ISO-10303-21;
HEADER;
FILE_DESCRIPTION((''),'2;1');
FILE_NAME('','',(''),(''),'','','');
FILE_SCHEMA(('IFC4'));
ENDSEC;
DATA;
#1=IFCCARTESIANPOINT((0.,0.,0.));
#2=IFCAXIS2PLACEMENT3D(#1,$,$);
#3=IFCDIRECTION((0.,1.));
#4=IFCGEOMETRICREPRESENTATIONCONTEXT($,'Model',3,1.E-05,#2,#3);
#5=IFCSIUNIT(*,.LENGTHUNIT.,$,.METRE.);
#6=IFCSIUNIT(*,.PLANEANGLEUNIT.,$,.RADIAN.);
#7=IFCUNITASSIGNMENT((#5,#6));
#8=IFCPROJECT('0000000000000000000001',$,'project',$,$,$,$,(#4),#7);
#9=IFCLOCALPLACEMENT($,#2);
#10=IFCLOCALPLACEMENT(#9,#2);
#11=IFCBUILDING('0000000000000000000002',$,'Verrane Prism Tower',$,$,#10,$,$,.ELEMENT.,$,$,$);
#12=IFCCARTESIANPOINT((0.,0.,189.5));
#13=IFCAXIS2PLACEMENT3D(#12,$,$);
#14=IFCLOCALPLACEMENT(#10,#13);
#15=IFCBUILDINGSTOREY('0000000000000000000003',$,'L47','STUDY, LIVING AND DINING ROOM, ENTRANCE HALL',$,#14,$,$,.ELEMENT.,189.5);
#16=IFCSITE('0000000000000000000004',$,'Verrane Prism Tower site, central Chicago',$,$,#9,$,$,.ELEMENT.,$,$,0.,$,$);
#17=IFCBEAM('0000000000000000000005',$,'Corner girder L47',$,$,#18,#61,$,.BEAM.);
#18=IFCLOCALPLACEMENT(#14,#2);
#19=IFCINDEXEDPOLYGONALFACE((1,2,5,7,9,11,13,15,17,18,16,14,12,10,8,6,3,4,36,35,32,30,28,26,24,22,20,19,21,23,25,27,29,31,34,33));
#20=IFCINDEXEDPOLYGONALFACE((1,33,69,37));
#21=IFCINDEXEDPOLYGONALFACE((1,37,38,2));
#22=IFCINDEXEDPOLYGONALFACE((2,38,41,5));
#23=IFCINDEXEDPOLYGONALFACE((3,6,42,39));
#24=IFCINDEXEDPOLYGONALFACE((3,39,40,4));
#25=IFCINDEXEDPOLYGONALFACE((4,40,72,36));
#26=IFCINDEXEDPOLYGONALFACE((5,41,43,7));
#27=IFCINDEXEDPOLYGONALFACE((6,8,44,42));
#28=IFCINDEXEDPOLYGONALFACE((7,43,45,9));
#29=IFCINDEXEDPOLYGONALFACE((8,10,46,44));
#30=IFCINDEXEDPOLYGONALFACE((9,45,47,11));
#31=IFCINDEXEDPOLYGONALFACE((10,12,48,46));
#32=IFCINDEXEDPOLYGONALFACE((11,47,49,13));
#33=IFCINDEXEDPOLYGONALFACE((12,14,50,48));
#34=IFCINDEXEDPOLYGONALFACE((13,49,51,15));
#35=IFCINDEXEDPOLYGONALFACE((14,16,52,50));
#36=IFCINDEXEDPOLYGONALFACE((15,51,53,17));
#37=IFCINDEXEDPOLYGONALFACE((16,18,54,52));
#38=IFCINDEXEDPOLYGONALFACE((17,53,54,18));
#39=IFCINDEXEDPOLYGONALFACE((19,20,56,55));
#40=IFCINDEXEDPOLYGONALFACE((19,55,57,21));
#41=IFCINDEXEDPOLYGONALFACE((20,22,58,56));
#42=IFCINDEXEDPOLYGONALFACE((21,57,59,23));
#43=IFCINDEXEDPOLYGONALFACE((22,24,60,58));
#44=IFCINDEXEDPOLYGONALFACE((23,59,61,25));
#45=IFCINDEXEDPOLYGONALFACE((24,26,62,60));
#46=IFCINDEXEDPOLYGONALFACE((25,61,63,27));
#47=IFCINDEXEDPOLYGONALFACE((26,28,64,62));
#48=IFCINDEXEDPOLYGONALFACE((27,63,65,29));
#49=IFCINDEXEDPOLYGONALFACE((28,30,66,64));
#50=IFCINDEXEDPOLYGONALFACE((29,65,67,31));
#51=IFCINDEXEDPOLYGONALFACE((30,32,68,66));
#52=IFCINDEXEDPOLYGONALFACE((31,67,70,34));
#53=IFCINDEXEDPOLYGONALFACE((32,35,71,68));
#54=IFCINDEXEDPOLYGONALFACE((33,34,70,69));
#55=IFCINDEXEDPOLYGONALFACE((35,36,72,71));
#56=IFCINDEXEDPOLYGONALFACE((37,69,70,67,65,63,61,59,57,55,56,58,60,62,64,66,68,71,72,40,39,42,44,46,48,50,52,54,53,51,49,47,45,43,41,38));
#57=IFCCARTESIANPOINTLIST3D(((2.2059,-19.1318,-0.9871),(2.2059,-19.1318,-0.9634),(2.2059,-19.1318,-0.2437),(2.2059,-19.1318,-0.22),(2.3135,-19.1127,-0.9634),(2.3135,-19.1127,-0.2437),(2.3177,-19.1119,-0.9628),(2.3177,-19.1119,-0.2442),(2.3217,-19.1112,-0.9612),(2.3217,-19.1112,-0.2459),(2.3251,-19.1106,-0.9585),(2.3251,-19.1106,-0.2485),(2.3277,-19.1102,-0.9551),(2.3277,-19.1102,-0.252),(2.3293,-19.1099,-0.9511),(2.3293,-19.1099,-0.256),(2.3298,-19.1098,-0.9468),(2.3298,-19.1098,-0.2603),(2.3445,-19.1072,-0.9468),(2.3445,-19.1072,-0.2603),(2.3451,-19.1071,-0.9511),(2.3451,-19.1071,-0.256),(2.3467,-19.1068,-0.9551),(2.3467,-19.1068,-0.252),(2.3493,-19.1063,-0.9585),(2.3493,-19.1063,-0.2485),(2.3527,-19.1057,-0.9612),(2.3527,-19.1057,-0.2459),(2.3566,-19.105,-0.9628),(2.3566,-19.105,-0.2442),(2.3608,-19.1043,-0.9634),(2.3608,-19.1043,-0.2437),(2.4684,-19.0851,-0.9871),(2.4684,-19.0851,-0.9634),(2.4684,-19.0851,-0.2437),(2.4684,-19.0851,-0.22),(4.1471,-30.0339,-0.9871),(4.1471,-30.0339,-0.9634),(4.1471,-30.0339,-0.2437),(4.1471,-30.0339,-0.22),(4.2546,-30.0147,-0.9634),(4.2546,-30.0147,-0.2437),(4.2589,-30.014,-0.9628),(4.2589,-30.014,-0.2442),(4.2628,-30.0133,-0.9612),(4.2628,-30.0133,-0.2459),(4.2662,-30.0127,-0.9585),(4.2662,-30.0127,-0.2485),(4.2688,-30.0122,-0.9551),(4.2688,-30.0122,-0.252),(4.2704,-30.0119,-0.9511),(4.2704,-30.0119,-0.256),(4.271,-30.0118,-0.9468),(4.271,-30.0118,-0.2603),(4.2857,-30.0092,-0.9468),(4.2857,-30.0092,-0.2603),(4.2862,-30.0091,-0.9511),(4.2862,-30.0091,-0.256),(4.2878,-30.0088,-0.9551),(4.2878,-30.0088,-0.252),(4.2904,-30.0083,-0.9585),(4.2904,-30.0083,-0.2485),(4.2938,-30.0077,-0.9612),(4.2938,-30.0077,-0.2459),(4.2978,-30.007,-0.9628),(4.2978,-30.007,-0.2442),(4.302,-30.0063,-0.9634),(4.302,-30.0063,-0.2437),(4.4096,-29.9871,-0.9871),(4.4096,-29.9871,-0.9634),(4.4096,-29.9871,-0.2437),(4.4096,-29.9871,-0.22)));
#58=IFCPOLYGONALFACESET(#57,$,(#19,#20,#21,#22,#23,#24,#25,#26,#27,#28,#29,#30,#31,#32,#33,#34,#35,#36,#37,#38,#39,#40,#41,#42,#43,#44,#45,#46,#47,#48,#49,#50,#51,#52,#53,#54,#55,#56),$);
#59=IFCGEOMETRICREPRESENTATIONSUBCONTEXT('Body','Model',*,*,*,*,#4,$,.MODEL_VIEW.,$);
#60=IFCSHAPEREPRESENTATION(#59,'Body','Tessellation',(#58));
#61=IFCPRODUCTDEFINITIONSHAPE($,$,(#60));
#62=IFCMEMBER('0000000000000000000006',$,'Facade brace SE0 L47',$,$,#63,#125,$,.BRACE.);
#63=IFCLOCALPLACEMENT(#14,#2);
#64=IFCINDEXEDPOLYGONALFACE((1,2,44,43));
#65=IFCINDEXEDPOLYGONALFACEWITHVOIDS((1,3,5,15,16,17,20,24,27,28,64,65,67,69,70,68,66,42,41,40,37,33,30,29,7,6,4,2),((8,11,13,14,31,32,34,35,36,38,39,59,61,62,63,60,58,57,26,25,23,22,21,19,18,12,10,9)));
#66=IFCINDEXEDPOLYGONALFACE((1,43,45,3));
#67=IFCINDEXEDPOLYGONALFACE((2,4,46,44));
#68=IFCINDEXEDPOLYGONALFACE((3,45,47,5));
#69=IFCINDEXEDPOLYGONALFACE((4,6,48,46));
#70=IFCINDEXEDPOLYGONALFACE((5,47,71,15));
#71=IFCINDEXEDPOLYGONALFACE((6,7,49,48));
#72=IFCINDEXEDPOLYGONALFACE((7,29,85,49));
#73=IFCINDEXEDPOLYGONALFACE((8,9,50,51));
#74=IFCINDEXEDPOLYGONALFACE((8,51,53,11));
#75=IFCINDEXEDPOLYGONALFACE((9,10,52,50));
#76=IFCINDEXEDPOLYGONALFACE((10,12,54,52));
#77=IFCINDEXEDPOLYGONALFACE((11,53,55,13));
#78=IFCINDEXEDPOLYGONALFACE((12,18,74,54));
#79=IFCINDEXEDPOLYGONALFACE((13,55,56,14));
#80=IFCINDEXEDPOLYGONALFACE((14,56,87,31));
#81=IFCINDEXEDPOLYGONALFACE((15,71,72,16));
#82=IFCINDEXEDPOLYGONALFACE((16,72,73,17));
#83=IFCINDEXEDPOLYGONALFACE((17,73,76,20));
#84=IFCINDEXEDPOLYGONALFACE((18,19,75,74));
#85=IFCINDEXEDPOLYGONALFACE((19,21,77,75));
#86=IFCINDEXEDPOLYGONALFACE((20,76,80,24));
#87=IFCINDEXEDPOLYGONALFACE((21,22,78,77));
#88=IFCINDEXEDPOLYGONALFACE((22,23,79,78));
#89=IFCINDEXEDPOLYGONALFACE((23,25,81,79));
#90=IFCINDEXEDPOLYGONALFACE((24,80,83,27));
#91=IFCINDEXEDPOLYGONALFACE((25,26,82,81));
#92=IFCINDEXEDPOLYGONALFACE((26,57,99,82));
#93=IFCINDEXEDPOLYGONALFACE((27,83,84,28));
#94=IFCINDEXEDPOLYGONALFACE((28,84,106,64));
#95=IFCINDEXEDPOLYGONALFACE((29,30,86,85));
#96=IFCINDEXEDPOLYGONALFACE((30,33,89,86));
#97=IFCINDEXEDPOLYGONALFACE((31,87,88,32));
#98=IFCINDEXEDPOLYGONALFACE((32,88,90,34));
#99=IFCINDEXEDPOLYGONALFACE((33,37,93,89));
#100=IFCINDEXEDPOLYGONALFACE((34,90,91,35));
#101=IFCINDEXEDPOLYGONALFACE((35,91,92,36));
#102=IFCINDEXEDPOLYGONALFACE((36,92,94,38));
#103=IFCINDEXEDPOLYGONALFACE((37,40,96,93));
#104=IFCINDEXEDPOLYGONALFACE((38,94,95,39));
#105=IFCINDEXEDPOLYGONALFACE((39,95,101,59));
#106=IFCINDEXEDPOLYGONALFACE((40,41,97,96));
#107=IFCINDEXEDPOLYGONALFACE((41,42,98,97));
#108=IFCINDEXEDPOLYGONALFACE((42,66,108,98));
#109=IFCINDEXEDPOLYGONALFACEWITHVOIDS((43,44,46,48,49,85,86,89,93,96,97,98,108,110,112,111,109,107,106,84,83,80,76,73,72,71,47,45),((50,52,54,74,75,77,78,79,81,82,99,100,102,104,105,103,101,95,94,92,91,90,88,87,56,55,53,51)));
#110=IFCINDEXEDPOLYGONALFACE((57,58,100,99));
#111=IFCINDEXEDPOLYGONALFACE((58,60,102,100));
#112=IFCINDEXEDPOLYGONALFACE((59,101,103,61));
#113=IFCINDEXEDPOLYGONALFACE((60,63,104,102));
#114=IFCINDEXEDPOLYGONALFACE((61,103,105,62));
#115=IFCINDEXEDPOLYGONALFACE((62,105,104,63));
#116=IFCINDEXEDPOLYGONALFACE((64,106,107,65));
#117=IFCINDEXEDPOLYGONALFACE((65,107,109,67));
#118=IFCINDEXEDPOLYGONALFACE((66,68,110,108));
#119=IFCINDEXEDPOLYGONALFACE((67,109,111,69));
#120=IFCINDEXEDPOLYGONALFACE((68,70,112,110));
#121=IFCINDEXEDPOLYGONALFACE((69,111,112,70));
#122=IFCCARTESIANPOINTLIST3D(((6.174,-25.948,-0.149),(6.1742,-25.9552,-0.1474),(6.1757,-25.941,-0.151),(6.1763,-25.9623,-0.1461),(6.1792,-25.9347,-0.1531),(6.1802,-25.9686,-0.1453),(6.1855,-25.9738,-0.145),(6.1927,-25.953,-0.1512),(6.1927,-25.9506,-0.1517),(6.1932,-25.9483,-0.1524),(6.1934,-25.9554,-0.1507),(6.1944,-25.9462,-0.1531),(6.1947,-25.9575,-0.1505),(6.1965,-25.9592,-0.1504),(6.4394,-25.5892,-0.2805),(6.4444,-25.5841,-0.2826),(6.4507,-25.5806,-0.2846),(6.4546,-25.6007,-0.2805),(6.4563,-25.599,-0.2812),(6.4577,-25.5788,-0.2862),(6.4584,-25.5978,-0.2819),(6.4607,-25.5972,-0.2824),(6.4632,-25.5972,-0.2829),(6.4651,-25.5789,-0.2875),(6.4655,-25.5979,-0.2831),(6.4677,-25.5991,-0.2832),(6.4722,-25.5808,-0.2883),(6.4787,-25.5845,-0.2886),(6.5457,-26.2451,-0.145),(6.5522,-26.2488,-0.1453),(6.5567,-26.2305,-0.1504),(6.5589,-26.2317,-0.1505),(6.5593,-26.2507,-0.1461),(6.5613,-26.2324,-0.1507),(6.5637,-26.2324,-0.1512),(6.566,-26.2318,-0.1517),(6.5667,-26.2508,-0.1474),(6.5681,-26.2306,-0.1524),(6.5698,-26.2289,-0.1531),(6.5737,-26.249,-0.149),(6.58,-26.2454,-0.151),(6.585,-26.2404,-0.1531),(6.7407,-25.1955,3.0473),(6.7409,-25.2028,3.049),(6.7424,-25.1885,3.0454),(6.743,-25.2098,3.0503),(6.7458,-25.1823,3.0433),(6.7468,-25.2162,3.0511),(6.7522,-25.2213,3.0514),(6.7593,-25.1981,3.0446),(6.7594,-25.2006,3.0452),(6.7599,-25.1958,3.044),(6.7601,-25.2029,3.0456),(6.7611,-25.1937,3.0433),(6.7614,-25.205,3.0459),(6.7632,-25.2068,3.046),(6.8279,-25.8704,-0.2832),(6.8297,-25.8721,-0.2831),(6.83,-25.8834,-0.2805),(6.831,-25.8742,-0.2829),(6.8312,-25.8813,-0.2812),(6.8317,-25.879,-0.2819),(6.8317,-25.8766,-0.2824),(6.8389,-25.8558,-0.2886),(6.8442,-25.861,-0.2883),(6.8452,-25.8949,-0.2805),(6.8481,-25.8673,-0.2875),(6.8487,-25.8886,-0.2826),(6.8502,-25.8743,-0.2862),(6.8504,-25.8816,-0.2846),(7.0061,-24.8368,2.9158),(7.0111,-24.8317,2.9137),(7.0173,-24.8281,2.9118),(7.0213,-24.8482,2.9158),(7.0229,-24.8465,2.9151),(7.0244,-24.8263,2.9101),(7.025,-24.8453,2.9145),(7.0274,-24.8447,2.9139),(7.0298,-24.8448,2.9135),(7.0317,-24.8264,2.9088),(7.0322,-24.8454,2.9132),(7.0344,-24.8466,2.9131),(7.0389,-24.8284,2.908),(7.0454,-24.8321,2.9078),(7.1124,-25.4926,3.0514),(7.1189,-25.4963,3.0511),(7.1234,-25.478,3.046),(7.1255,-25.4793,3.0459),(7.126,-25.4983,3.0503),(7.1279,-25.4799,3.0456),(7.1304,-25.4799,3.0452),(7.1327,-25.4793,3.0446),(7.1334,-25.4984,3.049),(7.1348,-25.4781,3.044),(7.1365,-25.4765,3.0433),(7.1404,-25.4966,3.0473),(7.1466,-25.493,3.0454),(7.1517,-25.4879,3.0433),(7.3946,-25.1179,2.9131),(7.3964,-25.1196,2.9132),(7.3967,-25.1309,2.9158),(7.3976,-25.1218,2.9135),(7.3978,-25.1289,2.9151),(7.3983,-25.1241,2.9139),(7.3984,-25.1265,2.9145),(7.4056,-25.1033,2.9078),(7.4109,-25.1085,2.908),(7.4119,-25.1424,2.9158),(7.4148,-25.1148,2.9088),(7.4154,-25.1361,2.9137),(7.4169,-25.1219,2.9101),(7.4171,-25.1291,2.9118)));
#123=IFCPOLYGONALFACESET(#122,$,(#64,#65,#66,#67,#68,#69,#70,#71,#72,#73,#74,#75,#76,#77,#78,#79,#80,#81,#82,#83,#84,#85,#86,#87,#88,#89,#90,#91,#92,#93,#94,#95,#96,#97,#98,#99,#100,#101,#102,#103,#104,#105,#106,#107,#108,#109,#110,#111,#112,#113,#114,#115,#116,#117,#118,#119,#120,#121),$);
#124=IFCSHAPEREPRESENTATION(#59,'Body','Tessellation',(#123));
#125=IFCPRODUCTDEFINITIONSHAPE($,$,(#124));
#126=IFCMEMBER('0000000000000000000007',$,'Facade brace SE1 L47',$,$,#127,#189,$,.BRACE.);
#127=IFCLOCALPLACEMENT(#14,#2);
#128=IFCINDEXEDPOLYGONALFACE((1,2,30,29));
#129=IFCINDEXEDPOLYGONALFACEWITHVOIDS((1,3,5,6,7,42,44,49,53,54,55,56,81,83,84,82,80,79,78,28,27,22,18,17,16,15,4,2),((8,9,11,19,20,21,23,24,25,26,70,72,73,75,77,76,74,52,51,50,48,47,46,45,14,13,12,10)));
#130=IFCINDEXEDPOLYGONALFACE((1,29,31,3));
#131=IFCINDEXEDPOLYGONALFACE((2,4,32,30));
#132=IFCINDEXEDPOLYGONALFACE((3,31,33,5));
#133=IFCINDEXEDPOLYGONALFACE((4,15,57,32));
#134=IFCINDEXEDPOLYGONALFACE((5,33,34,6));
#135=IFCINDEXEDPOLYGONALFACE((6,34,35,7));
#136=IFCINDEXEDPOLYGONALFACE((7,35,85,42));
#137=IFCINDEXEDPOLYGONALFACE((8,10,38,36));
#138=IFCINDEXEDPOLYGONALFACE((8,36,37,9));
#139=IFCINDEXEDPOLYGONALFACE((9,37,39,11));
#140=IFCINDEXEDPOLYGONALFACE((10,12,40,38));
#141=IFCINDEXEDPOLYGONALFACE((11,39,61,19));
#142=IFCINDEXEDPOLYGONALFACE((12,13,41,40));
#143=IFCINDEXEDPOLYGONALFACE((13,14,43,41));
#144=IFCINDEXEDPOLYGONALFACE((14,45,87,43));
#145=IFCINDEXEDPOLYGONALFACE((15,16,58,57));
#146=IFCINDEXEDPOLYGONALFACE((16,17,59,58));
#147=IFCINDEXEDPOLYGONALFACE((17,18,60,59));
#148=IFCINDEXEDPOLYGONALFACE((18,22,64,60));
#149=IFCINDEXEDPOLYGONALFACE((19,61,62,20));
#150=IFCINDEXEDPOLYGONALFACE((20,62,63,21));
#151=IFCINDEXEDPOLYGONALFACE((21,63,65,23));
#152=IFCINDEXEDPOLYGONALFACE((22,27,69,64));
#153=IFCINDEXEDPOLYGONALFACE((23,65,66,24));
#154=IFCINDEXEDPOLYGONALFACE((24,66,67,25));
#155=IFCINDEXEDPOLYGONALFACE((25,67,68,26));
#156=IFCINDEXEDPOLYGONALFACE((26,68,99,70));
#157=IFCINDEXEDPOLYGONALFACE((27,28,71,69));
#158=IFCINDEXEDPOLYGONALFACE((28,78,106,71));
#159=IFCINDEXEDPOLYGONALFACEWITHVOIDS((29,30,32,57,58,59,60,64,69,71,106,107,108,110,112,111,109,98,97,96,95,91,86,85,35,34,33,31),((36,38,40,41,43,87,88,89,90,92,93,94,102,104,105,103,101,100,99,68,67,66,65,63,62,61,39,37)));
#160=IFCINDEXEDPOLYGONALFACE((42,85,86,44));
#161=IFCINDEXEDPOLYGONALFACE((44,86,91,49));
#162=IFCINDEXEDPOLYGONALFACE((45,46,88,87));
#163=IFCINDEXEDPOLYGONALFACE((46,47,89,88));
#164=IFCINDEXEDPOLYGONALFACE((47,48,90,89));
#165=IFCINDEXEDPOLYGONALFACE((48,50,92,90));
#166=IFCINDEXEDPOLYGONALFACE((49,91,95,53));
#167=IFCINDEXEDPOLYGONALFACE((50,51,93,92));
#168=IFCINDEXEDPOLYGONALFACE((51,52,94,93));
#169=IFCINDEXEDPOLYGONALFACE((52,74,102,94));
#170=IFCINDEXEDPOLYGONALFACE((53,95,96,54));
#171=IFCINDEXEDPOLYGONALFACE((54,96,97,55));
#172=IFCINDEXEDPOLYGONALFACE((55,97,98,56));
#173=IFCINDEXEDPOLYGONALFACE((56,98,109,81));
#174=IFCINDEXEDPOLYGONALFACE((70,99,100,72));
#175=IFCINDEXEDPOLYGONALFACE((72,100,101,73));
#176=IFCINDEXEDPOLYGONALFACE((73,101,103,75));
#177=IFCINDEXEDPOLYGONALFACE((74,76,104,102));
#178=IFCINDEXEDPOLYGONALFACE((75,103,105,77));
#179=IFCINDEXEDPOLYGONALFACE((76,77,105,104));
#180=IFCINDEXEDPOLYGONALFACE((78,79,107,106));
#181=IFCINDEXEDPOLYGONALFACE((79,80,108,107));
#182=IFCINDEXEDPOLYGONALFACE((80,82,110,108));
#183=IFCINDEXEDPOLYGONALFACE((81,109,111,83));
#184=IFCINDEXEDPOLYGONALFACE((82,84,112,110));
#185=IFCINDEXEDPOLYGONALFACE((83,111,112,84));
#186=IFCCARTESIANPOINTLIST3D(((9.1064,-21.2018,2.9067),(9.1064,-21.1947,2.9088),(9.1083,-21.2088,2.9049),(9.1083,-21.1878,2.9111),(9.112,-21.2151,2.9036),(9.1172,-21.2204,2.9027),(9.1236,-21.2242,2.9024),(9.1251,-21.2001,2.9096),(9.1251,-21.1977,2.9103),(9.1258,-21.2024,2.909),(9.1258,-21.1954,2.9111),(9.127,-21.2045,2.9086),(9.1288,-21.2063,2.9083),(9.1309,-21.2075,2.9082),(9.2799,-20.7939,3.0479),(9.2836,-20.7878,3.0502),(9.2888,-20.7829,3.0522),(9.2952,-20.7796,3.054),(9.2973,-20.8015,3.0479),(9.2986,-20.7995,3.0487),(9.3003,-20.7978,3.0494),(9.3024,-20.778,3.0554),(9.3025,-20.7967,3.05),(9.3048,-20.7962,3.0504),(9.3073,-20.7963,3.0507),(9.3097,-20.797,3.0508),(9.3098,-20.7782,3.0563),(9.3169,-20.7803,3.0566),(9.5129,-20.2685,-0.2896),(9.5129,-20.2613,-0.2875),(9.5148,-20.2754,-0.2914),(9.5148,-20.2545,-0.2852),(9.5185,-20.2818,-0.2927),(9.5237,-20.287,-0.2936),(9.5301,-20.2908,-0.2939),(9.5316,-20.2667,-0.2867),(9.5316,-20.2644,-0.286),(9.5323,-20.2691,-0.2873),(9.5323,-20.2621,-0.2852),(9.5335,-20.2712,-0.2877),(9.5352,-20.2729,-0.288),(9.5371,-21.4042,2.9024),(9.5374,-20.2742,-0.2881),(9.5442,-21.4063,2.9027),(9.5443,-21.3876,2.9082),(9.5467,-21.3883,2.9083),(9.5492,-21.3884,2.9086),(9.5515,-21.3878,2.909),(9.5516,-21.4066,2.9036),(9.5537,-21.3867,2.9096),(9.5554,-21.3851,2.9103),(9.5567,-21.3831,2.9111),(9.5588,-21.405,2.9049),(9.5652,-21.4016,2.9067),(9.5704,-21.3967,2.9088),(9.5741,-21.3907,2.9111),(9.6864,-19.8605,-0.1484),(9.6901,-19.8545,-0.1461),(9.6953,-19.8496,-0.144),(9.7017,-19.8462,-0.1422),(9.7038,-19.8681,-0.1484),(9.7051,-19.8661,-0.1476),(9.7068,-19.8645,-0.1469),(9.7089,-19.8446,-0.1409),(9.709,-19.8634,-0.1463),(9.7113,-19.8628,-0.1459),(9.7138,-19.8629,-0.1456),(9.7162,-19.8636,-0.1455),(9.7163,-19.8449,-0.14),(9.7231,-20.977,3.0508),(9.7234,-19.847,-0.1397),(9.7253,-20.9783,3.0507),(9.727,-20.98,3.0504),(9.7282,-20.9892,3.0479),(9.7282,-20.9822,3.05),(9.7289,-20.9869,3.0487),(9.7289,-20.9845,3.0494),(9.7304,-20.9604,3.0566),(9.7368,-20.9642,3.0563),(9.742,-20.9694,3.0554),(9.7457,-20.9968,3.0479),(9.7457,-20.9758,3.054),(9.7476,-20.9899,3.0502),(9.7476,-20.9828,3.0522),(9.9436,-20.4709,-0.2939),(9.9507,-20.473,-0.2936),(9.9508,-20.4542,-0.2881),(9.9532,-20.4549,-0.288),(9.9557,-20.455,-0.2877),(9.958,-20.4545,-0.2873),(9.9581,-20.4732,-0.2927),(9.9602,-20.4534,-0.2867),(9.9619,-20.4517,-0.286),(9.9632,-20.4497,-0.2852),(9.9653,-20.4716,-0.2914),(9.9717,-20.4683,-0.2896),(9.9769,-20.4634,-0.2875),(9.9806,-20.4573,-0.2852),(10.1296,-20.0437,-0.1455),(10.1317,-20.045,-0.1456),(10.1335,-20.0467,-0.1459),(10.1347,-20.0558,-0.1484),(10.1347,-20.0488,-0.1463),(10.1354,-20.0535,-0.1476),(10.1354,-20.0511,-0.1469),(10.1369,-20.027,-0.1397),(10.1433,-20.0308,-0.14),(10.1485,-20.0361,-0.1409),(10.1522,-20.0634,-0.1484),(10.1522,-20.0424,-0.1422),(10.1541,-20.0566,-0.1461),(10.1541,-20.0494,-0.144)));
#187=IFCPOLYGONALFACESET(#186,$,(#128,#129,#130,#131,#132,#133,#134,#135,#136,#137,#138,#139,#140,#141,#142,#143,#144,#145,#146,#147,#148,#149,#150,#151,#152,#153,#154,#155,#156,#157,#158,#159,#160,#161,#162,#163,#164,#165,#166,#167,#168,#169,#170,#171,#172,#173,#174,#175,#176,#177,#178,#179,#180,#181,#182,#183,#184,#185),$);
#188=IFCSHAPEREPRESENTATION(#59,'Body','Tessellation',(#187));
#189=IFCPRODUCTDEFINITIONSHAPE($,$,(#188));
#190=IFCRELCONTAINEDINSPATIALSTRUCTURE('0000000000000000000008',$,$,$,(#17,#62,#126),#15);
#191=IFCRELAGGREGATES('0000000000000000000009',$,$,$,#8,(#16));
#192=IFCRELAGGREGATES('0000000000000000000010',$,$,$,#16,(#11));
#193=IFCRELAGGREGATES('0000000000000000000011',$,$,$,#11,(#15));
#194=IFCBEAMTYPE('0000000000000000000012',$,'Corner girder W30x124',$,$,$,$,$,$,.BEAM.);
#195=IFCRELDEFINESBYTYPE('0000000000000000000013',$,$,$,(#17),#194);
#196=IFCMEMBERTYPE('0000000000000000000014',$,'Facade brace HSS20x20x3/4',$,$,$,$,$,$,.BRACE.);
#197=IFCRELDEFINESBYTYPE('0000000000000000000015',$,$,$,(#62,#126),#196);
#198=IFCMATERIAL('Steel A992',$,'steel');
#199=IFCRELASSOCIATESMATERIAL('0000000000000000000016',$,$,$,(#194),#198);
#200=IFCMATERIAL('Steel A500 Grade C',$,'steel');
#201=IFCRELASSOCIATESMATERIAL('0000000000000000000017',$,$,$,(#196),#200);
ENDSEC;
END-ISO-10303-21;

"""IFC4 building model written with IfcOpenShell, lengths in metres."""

from ifc_helpers import new_model, si_unit, direction, frame, origin, origin_2d, place, context, subcontext, project, spatial, hollow_rectangle, i_section, extrude, material, material_profile, profile_set, type_object, element, save


model = new_model("IFC4")

# Units and contexts
model_context = context("Model", 3, precision=1e-05, world=origin(), true_north=direction((0.0, 1.0)))
body_context = subcontext(model_context, "Body", "Model", "MODEL_VIEW")
ifc_project = project(units=[si_unit("LENGTHUNIT", "METRE"), si_unit("PLANEANGLEUNIT", "RADIAN")], contexts=[model_context])

# Site, building, storey
site_placement = place(None, origin())
site = spatial("IfcSite", under=ifc_project, at=site_placement, Name="Verrane Prism Tower site, central Chicago", CompositionType="ELEMENT", RefElevation=0.0)
building_placement = place(site_placement, origin())
building = spatial("IfcBuilding", under=site, at=building_placement, Name="Verrane Prism Tower", CompositionType="ELEMENT")
storey_placement = place(building_placement, frame((0.0, 0.0, 189.5)))
storey = spatial("IfcBuildingStorey", under=building, at=storey_placement, Name="L47", Description="STUDY, LIVING AND DINING ROOM, ENTRANCE HALL", CompositionType="ELEMENT", Elevation=189.5)

# Beam
ifc_material_1 = material(Name="Steel A992", Category="steel")
ifc_material_profile_1 = material_profile(ifc_material_1, i_section(OverallWidth=0.2666, OverallDepth=0.7671, WebThickness=0.0149, FlangeThickness=0.0237, FilletRadius=0.0166, at=origin_2d()), Name="W30x124")
ifc_profile_set_1 = profile_set([ifc_material_profile_1], Name="Steel A992")
beam_type_1 = type_object("IfcBeamType", Name="Corner girder W30x124", PredefinedType="BEAM", material=ifc_profile_set_1)
beam_1_placement = place(storey_placement, frame((4.2783, -30.0105, -0.6035), z_axis=(-0.175297, 0.984516, 0.0), x_axis=(-0.984516, -0.175297, 0.0)))
element("IfcBeam", 1, at=beam_1_placement, inside=storey, type_object=beam_type_1, Name="Corner girder L47", PredefinedType="BEAM", context=body_context, shape_type="SweptSolid", body=[
    extrude(i_section(OverallWidth=0.2666, OverallDepth=0.7671, WebThickness=0.0149, FlangeThickness=0.0237, FilletRadius=0.0166, at=origin_2d()), origin(), (0.0, 0.0, 1.0), 11.0735),
])

# Members
ifc_material_2 = material(Name="Steel A500 Grade C", Category="steel")
ifc_material_profile_2 = material_profile(ifc_material_2, hollow_rectangle(XDim=0.5081, YDim=0.5081, WallThickness=0.019, InnerFilletRadius=0.0095, OuterFilletRadius=0.0286, at=origin_2d()), Name="HSS20x20x3/4")
ifc_profile_set_2 = profile_set([ifc_material_profile_2], Name="Steel A500 Grade C")
member_type_1 = type_object("IfcMemberType", Name="Facade brace HSS20x20x3/4", PredefinedType="BRACE", material=ifc_profile_set_2)
member_1_placement = place(storey_placement, frame((6.5122, -25.9148, -0.2168), z_axis=(0.170053, 0.22581, 0.959214), x_axis=(-0.798817, 0.601575, 0.0)))
element("IfcMember", 2, at=member_1_placement, inside=storey, type_object=member_type_1, Name="Facade brace SE0 L47", PredefinedType="BRACE", context=body_context, shape_type="SweptSolid", body=[
    extrude(hollow_rectangle(XDim=0.5081, YDim=0.5081, WallThickness=0.019, InnerFilletRadius=0.0095, OuterFilletRadius=0.0286, at=origin_2d()), origin(), (0.0, 0.0, 1.0), 3.3323),
])
member_2_placement = place(storey_placement, frame((9.8335, -20.1589, -0.2168), z_axis=(-0.121179, -0.278238, 0.952837), x_axis=(0.916822, -0.399296, 0.0)))
element("IfcMember", 3, at=member_2_placement, inside=storey, type_object=member_type_1, Name="Facade brace SE1 L47", PredefinedType="BRACE", context=body_context, shape_type="SweptSolid", body=[
    extrude(hollow_rectangle(XDim=0.5081, YDim=0.5081, WallThickness=0.019, InnerFilletRadius=0.0095, OuterFilletRadius=0.0286, at=origin_2d()), origin(), (0.0, 0.0, 1.0), 3.3545),
])

save(model, "model.ifc")
